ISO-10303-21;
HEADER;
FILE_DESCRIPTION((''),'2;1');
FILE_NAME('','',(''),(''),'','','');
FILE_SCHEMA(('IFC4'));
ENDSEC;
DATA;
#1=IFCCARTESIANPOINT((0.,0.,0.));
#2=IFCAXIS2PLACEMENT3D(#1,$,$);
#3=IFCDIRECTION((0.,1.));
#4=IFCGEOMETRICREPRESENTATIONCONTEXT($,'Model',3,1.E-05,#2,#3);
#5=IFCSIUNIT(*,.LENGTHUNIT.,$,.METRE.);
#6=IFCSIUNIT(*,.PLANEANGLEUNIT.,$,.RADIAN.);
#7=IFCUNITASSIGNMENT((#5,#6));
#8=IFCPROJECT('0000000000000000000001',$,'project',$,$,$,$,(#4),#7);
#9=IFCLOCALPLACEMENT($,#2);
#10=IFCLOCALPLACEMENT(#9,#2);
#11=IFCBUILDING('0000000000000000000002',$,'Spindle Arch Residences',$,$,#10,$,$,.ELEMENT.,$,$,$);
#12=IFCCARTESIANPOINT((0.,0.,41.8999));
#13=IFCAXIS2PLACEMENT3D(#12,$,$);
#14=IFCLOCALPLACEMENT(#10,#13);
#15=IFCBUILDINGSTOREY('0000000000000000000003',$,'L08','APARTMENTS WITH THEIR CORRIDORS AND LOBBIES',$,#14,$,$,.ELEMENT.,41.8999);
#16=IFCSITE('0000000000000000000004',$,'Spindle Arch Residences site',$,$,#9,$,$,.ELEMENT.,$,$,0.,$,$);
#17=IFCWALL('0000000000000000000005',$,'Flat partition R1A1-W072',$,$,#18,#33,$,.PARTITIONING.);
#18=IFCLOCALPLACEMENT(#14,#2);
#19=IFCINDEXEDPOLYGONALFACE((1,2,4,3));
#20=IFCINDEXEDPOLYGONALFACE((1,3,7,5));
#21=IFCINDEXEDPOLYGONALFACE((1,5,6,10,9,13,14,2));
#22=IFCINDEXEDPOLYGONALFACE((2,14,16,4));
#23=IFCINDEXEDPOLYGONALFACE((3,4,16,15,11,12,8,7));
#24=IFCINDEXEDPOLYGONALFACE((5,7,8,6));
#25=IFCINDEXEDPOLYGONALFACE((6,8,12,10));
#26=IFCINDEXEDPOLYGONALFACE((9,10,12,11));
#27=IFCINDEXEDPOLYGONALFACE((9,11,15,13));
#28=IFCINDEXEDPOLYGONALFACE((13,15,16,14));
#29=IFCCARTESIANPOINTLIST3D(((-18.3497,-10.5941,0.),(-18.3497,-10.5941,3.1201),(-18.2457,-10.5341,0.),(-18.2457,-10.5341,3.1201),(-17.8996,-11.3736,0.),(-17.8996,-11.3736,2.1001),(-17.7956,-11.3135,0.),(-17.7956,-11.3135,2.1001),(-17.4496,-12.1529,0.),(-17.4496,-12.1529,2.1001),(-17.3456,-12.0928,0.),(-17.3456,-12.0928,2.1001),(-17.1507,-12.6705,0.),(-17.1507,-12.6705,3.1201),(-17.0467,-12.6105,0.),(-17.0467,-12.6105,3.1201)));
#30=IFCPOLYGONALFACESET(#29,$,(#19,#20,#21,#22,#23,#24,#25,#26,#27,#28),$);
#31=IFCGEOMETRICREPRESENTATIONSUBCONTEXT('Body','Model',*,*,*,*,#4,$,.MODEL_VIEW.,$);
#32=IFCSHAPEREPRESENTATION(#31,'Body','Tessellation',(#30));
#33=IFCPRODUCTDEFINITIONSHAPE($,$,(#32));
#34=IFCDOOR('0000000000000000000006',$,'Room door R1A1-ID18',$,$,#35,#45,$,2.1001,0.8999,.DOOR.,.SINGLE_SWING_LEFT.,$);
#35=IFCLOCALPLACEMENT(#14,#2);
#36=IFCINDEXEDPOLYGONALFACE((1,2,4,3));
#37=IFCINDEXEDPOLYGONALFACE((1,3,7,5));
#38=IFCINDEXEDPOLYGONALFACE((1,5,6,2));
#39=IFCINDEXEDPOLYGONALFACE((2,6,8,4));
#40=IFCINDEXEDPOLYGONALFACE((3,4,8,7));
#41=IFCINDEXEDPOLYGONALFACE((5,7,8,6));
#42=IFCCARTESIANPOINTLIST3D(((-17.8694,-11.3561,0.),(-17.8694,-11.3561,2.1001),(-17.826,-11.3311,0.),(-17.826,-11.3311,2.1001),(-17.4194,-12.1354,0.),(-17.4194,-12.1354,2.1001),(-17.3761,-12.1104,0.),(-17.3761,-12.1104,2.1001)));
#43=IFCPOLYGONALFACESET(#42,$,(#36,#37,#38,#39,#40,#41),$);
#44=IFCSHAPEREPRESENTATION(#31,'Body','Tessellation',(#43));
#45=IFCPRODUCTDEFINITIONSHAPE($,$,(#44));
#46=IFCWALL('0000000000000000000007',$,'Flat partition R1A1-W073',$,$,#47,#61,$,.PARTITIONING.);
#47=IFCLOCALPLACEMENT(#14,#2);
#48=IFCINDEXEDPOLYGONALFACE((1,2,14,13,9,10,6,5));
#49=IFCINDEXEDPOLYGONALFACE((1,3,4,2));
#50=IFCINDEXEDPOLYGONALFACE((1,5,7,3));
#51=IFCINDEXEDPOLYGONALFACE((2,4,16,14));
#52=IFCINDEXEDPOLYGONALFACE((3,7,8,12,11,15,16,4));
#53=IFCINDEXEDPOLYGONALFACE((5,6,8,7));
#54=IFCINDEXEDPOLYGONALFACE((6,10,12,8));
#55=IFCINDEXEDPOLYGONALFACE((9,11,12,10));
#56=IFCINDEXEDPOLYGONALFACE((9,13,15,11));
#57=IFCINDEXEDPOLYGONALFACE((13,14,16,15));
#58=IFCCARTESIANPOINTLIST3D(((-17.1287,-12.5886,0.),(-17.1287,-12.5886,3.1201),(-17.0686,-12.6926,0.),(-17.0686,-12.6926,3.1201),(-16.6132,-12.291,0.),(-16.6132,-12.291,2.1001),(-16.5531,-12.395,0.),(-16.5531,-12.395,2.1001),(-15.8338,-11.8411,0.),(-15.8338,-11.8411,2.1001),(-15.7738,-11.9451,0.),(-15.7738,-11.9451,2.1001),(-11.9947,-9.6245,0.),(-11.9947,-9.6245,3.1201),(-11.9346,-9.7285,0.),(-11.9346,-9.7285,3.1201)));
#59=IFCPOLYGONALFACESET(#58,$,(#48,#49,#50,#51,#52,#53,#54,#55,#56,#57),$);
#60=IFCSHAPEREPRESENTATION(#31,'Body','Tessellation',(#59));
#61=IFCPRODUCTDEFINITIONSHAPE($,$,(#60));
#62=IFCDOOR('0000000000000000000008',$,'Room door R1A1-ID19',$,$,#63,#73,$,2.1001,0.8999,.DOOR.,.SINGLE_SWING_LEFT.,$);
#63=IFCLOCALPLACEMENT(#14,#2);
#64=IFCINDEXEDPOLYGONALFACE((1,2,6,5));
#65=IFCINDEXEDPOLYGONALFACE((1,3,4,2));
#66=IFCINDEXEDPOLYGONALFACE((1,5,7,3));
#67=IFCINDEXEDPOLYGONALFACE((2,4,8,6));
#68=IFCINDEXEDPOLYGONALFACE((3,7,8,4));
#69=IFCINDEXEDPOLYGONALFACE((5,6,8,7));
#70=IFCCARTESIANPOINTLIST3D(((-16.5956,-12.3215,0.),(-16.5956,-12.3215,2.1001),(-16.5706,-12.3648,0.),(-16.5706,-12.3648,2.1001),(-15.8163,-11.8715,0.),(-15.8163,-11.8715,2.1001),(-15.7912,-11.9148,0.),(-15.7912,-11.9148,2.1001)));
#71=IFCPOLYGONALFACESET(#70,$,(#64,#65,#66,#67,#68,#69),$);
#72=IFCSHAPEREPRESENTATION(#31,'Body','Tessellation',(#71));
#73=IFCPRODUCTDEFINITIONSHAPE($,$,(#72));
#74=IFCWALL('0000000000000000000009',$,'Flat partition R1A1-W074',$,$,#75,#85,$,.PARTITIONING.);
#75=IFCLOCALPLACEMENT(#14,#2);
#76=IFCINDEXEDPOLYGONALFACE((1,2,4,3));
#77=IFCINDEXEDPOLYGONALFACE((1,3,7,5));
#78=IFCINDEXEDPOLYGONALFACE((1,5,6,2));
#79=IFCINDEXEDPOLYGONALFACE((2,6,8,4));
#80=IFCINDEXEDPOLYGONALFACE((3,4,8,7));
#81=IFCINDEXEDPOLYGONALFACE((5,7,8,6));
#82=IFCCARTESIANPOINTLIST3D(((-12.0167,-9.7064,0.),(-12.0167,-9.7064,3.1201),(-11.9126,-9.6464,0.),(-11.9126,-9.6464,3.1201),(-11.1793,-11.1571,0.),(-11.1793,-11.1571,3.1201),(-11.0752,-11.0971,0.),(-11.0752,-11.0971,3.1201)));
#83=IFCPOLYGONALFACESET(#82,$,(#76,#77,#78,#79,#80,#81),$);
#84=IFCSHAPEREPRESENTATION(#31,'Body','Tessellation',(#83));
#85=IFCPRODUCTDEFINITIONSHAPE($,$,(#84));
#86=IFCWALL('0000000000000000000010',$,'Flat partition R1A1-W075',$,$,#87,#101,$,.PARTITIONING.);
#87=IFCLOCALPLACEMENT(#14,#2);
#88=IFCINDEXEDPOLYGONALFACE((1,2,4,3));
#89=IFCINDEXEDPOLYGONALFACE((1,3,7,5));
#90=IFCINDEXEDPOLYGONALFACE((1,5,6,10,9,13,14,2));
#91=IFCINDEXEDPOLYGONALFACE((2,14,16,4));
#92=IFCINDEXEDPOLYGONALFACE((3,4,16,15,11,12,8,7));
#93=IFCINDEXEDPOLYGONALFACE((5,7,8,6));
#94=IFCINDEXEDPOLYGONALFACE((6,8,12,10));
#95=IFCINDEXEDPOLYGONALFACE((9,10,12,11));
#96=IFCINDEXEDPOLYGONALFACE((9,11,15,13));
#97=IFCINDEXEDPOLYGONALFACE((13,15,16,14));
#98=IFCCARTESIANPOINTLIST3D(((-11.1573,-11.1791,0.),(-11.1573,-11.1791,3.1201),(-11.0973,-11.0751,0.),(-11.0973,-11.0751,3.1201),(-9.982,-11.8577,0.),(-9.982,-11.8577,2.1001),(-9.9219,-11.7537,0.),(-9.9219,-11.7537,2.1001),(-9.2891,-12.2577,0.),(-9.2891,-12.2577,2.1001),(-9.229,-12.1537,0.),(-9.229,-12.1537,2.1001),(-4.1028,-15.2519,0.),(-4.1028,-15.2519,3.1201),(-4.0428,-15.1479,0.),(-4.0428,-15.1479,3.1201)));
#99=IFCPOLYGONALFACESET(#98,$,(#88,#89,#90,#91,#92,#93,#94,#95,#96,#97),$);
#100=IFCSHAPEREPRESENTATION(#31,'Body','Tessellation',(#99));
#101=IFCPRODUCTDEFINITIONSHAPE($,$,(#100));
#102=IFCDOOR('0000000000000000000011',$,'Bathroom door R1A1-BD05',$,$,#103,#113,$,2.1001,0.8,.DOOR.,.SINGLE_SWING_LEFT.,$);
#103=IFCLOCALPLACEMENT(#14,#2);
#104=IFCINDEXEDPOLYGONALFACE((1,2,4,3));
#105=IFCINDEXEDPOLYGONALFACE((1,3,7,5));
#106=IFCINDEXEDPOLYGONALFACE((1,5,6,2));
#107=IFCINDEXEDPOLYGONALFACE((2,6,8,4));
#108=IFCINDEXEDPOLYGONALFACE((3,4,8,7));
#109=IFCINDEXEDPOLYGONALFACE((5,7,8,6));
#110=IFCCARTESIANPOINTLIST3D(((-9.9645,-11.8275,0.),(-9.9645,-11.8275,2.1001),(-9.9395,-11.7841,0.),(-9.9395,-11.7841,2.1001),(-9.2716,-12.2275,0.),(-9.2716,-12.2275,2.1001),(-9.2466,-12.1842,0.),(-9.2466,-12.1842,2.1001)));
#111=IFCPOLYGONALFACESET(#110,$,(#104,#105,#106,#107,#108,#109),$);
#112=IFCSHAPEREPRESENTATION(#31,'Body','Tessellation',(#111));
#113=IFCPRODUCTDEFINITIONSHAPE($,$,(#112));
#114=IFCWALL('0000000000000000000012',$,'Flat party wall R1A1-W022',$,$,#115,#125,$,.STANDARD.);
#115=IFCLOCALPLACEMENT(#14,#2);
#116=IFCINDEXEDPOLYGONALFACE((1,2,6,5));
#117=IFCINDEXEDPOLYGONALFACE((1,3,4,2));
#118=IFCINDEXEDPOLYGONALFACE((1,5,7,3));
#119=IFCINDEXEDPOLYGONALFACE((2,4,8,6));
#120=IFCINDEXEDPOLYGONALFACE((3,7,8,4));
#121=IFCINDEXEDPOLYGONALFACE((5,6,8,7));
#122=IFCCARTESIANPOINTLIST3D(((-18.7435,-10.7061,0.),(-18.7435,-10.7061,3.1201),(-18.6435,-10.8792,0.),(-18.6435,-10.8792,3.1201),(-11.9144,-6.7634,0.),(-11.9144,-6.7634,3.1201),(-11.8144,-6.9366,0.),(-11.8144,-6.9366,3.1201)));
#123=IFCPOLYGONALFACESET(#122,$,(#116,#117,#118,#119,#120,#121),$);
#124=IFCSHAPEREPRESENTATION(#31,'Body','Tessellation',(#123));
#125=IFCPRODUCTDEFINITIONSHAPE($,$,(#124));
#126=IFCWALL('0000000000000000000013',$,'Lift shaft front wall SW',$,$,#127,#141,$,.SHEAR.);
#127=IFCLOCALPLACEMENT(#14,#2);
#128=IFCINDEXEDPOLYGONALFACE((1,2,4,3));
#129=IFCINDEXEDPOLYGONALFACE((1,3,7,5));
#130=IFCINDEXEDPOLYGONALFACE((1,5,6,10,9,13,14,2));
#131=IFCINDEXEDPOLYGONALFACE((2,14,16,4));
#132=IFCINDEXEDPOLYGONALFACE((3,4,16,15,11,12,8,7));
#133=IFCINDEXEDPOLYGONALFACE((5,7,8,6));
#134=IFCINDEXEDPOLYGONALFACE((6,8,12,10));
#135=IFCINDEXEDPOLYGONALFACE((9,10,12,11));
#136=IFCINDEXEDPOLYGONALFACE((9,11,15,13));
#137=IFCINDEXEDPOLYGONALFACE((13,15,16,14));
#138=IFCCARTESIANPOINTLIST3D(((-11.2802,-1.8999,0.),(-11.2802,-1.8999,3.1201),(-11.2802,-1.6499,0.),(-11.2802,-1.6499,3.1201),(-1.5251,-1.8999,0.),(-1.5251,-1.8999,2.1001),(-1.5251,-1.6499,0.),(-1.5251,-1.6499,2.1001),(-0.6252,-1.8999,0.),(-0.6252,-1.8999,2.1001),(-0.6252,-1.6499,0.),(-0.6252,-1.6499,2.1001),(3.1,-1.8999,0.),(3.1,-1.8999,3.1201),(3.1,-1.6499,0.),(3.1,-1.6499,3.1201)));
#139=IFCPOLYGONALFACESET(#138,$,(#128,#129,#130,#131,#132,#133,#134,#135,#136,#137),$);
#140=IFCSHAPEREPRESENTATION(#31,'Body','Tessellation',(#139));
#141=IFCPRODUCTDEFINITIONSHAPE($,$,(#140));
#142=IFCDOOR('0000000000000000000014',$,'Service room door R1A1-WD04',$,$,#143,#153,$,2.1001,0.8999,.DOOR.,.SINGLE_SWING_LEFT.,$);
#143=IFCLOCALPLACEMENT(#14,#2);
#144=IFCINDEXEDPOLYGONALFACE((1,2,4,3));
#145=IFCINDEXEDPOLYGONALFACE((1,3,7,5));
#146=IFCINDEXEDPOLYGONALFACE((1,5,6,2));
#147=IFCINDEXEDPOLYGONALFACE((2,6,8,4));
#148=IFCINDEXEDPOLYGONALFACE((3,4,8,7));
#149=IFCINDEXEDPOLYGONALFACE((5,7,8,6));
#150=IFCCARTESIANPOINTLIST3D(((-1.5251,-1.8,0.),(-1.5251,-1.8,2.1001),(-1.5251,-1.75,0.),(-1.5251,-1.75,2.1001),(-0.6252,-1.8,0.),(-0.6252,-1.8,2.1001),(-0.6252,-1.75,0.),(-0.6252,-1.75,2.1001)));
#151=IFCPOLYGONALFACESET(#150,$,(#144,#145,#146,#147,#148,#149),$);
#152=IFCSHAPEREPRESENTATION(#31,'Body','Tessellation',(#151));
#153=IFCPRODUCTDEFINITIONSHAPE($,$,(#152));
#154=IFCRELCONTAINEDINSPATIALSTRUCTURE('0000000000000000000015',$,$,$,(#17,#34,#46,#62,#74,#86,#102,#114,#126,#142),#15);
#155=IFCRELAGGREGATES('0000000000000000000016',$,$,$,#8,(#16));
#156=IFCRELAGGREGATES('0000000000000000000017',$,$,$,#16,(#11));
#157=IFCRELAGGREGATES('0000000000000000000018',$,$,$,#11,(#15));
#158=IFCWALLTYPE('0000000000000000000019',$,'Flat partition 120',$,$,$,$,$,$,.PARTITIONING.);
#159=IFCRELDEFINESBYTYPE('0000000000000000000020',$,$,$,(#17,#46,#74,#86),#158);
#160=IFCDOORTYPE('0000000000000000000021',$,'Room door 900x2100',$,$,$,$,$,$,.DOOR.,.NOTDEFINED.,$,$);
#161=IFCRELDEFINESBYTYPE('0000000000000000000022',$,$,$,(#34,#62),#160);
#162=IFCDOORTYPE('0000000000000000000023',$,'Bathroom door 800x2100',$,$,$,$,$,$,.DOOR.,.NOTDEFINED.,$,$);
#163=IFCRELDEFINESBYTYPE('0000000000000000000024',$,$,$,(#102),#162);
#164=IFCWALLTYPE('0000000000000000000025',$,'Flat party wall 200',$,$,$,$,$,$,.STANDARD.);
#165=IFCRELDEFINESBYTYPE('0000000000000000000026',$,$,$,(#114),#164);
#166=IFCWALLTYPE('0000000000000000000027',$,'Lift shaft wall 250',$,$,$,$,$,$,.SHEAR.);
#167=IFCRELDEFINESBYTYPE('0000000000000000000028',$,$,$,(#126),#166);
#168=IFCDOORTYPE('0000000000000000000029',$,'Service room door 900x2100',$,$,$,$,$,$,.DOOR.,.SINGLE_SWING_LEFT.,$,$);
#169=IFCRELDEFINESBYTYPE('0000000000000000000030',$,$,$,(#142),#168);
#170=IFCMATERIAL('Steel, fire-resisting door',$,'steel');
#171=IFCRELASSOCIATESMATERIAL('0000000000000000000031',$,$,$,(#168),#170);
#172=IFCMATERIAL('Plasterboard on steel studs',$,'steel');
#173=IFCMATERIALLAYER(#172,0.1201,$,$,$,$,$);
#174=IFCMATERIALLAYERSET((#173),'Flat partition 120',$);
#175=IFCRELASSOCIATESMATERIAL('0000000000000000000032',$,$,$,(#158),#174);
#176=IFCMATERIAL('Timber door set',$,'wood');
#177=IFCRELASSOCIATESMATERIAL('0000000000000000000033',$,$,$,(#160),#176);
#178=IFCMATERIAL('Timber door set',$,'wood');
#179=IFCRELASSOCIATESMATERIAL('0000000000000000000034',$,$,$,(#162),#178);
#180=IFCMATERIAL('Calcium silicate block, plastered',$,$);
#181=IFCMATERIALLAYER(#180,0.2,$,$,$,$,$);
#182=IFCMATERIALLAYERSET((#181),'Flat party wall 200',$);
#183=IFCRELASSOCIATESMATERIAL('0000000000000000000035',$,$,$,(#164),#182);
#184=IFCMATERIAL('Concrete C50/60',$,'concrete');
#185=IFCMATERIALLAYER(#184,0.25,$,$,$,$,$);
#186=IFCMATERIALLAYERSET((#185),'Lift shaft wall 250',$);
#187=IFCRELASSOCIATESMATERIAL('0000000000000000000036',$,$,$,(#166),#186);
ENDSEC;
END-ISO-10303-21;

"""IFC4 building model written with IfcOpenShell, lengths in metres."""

from ifc_helpers import new_model, si_unit, direction, frame, frame_2d, origin, place, context, subcontext, project, spatial, rectangle, extrude, material, layer, layer_set, type_object, element, fill, save


model = new_model("IFC4")

# Units and contexts
model_context = context("Model", 3, precision=1e-05, world=origin(), true_north=direction((0.0, 1.0)))
body_context = subcontext(model_context, "Body", "Model", "MODEL_VIEW")
ifc_project = project(units=[si_unit("LENGTHUNIT", "METRE"), si_unit("PLANEANGLEUNIT", "RADIAN")], contexts=[model_context])

# Site, building, storey
site_placement = place(None, origin())
site = spatial("IfcSite", under=ifc_project, at=site_placement, Name="Spindle Arch Residences site", CompositionType="ELEMENT", RefElevation=0.0)
building_placement = place(site_placement, origin())
building = spatial("IfcBuilding", under=site, at=building_placement, Name="Spindle Arch Residences", CompositionType="ELEMENT")
storey_placement = place(building_placement, frame((0.0, 0.0, 41.8999)))
storey = spatial("IfcBuildingStorey", under=building, at=storey_placement, Name="L08", Description="APARTMENTS WITH THEIR CORRIDORS AND LOBBIES", CompositionType="ELEMENT", Elevation=41.8999)

# Shared definitions
ifc_material_1 = material(Name="Steel, fire-resisting door", Category="steel")
door_type_1 = type_object("IfcDoorType", Name="Service room door 900x2100", OperationType="SINGLE_SWING_LEFT", PredefinedType="DOOR", material=ifc_material_1)

# Walls, openings, doors
ifc_material_2 = material(Name="Plasterboard on steel studs", Category="steel")
ifc_layer_1 = layer(ifc_material_2, 0.1201)
ifc_layer_set_1 = layer_set([ifc_layer_1], Name="Flat partition 120")
wall_type_1 = type_object("IfcWallType", Name="Flat partition 120", PredefinedType="PARTITIONING", material=ifc_layer_set_1)
wall_1_placement = place(storey_placement, frame((-18.2976, -10.5642, 0.0), z_axis=(0.0, 0.0, 1.0), x_axis=(0.500049, -0.865997, 0.0)))
wall_1 = element("IfcWall", 1, at=wall_1_placement, inside=storey, type_object=wall_type_1, Name="Flat partition R1A1-W072", PredefinedType="PARTITIONING", context=body_context, shape_type="SweptSolid", body=[
    extrude(rectangle(XDim=2.3977, YDim=0.1201, at=frame_2d((1.1987, 0.0))), origin(), (0.0, 0.0, 1.0), 3.1201),
])
opening_1_placement = place(wall_1_placement, frame((0.8999, 0.0, 0.0)))
opening_1 = element("IfcOpeningElement", 2, at=opening_1_placement, cuts=wall_1, PredefinedType="OPENING", context=body_context, shape_type="SweptSolid", body=[
    extrude(rectangle(XDim=0.8999, YDim=2.1001, at=frame_2d((0.45, 1.05))), frame((0.0, 0.0701, 0.0), z_axis=(0.0, -1.0, 0.0), x_axis=(1.0, 0.0, 0.0)), (0.0, 0.0, 1.0), 0.1401),
])
ifc_material_3 = material(Name="Timber door set", Category="wood")
door_type_2 = type_object("IfcDoorType", Name="Room door 900x2100", OperationType="NOTDEFINED", PredefinedType="DOOR", material=ifc_material_3)
door_1_placement = place(opening_1_placement, origin())
door_1 = element("IfcDoor", 3, at=door_1_placement, inside=storey, type_object=door_type_2, Name="Room door R1A1-ID18", OperationType="SINGLE_SWING_LEFT", OverallHeight=2.1001, OverallWidth=0.8999, PredefinedType="DOOR", context=body_context, shape_type="SweptSolid", body=[
    extrude(rectangle(XDim=0.8999, YDim=2.1001, at=frame_2d((0.45, 1.05))), frame((0.0, 0.0249, 0.0), z_axis=(0.0, -1.0, 0.0), x_axis=(1.0, 0.0, 0.0)), (0.0, 0.0, 1.0), 0.05),
])
fill(opening_1, door_1)
wall_2_placement = place(storey_placement, frame((-17.0986, -12.6406, 0.0), z_axis=(0.0, 0.0, 1.0), x_axis=(0.866027, 0.499997, 0.0)))
wall_2 = element("IfcWall", 4, at=wall_2_placement, inside=storey, type_object=wall_type_1, Name="Flat partition R1A1-W073", PredefinedType="PARTITIONING", context=body_context, shape_type="SweptSolid", body=[
    extrude(rectangle(XDim=5.9282, YDim=0.1201, at=frame_2d((2.9641, 0.0))), origin(), (0.0, 0.0, 1.0), 3.1201),
])
opening_2_placement = place(wall_2_placement, frame((0.5952, 0.0, 0.0)))
opening_2 = element("IfcOpeningElement", 5, at=opening_2_placement, cuts=wall_2, PredefinedType="OPENING", context=body_context, shape_type="SweptSolid", body=[
    extrude(rectangle(XDim=0.8999, YDim=2.1001, at=frame_2d((0.45, 1.05))), frame((0.0, 0.0701, 0.0), z_axis=(0.0, -1.0, 0.0), x_axis=(1.0, 0.0, 0.0)), (0.0, 0.0, 1.0), 0.1401),
])
door_2_placement = place(opening_2_placement, origin())
door_2 = element("IfcDoor", 6, at=door_2_placement, inside=storey, type_object=door_type_2, Name="Room door R1A1-ID19", OperationType="SINGLE_SWING_LEFT", OverallHeight=2.1001, OverallWidth=0.8999, PredefinedType="DOOR", context=body_context, shape_type="SweptSolid", body=[
    extrude(rectangle(XDim=0.8999, YDim=2.1001, at=frame_2d((0.45, 1.05))), frame((0.0, 0.0249, 0.0), z_axis=(0.0, -1.0, 0.0), x_axis=(1.0, 0.0, 0.0)), (0.0, 0.0, 1.0), 0.05),
])
fill(opening_2, door_2)

# Wall
wall_3_placement = place(storey_placement, frame((-11.9646, -9.6765, 0.0), z_axis=(0.0, 0.0, 1.0), x_axis=(0.499933, -0.866064, 0.0)))
element("IfcWall", 7, at=wall_3_placement, inside=storey, type_object=wall_type_1, Name="Flat partition R1A1-W074", PredefinedType="PARTITIONING", context=body_context, shape_type="SweptSolid", body=[
    extrude(rectangle(XDim=1.675, YDim=0.1201, at=frame_2d((0.8374, 0.0))), origin(), (0.0, 0.0, 1.0), 3.1201),
])

# Wall, opening, door
wall_4_placement = place(storey_placement, frame((-11.1272, -11.1272, 0.0), z_axis=(0.0, 0.0, 1.0), x_axis=(0.866032, -0.499988, 0.0)))
wall_4 = element("IfcWall", 8, at=wall_4_placement, inside=storey, type_object=wall_type_1, Name="Flat partition R1A1-W075", PredefinedType="PARTITIONING", context=body_context, shape_type="SweptSolid", body=[
    extrude(rectangle(XDim=8.1458, YDim=0.1201, at=frame_2d((4.0728, 0.0))), origin(), (0.0, 0.0, 1.0), 3.1201),
])
opening_3_placement = place(wall_4_placement, frame((1.3572, 0.0, 0.0)))
opening_3 = element("IfcOpeningElement", 9, at=opening_3_placement, cuts=wall_4, PredefinedType="OPENING", context=body_context, shape_type="SweptSolid", body=[
    extrude(rectangle(XDim=0.8, YDim=2.1001, at=frame_2d((0.3999, 1.05))), frame((0.0, 0.0701, 0.0), z_axis=(0.0, -1.0, 0.0), x_axis=(1.0, 0.0, 0.0)), (0.0, 0.0, 1.0), 0.1401),
])
ifc_material_4 = material(Name="Timber door set", Category="wood")
door_type_3 = type_object("IfcDoorType", Name="Bathroom door 800x2100", OperationType="NOTDEFINED", PredefinedType="DOOR", material=ifc_material_4)
door_3_placement = place(opening_3_placement, origin())
door_3 = element("IfcDoor", 10, at=door_3_placement, inside=storey, type_object=door_type_3, Name="Bathroom door R1A1-BD05", OperationType="SINGLE_SWING_LEFT", OverallHeight=2.1001, OverallWidth=0.8, PredefinedType="DOOR", context=body_context, shape_type="SweptSolid", body=[
    extrude(rectangle(XDim=0.8, YDim=2.1001, at=frame_2d((0.3999, 1.05))), frame((0.0, 0.0249, 0.0), z_axis=(0.0, -1.0, 0.0), x_axis=(1.0, 0.0, 0.0)), (0.0, 0.0, 1.0), 0.05),
])
fill(opening_3, door_3)

# Wall
ifc_material_5 = material(Name="Calcium silicate block, plastered")
ifc_layer_2 = layer(ifc_material_5, 0.2)
ifc_layer_set_2 = layer_set([ifc_layer_2], Name="Flat party wall 200")
wall_type_2 = type_object("IfcWallType", Name="Flat party wall 200", PredefinedType="STANDARD", material=ifc_layer_set_2)
wall_5_placement = place(storey_placement, frame((-18.6936, -10.7927, 0.0), z_axis=(0.0, 0.0, 1.0), x_axis=(0.866034, 0.499985, 0.0)))
element("IfcWall", 11, at=wall_5_placement, inside=storey, type_object=wall_type_2, Name="Flat party wall R1A1-W022", PredefinedType="STANDARD", context=body_context, shape_type="SweptSolid", body=[
    extrude(rectangle(XDim=7.8855, YDim=0.2, at=frame_2d((3.9429, 0.0))), origin(), (0.0, 0.0, 1.0), 3.1201),
])

# Wall, opening, door
ifc_material_6 = material(Name="Concrete C50/60", Category="concrete")
ifc_layer_3 = layer(ifc_material_6, 0.25)
ifc_layer_set_3 = layer_set([ifc_layer_3], Name="Lift shaft wall 250")
wall_type_3 = type_object("IfcWallType", Name="Lift shaft wall 250", PredefinedType="SHEAR", material=ifc_layer_set_3)
wall_6_placement = place(storey_placement, frame((-11.28, -1.7749, 0.0), z_axis=(0.0, 0.0, 1.0), x_axis=(1.0, 0.0, 0.0)))
wall_6 = element("IfcWall", 12, at=wall_6_placement, inside=storey, type_object=wall_type_3, Name="Lift shaft front wall SW", PredefinedType="SHEAR", context=body_context, shape_type="SweptSolid", body=[
    extrude(rectangle(XDim=14.3801, YDim=0.25, at=frame_2d((7.1899, 0.0))), origin(), (0.0, 0.0, 1.0), 3.1201),
])
opening_4_placement = place(wall_6_placement, frame((9.7549, 0.0, 0.0)))
opening_4 = element("IfcOpeningElement", 13, at=opening_4_placement, cuts=wall_6, PredefinedType="OPENING", context=body_context, shape_type="SweptSolid", body=[
    extrude(rectangle(XDim=0.8999, YDim=2.1001, at=frame_2d((0.45, 1.05))), frame((0.0, 0.135, 0.0), z_axis=(0.0, -1.0, 0.0), x_axis=(1.0, 0.0, 0.0)), (0.0, 0.0, 1.0), 0.27),
])
door_4_placement = place(opening_4_placement, origin())
door_4 = element("IfcDoor", 14, at=door_4_placement, inside=storey, type_object=door_type_1, Name="Service room door R1A1-WD04", OperationType="SINGLE_SWING_LEFT", OverallHeight=2.1001, OverallWidth=0.8999, PredefinedType="DOOR", context=body_context, shape_type="SweptSolid", body=[
    extrude(rectangle(XDim=0.8999, YDim=2.1001, at=frame_2d((0.45, 1.05))), frame((0.0, 0.0249, 0.0), z_axis=(0.0, -1.0, 0.0), x_axis=(1.0, 0.0, 0.0)), (0.0, 0.0, 1.0), 0.05),
])
fill(opening_4, door_4)

save(model, "model.ifc")
